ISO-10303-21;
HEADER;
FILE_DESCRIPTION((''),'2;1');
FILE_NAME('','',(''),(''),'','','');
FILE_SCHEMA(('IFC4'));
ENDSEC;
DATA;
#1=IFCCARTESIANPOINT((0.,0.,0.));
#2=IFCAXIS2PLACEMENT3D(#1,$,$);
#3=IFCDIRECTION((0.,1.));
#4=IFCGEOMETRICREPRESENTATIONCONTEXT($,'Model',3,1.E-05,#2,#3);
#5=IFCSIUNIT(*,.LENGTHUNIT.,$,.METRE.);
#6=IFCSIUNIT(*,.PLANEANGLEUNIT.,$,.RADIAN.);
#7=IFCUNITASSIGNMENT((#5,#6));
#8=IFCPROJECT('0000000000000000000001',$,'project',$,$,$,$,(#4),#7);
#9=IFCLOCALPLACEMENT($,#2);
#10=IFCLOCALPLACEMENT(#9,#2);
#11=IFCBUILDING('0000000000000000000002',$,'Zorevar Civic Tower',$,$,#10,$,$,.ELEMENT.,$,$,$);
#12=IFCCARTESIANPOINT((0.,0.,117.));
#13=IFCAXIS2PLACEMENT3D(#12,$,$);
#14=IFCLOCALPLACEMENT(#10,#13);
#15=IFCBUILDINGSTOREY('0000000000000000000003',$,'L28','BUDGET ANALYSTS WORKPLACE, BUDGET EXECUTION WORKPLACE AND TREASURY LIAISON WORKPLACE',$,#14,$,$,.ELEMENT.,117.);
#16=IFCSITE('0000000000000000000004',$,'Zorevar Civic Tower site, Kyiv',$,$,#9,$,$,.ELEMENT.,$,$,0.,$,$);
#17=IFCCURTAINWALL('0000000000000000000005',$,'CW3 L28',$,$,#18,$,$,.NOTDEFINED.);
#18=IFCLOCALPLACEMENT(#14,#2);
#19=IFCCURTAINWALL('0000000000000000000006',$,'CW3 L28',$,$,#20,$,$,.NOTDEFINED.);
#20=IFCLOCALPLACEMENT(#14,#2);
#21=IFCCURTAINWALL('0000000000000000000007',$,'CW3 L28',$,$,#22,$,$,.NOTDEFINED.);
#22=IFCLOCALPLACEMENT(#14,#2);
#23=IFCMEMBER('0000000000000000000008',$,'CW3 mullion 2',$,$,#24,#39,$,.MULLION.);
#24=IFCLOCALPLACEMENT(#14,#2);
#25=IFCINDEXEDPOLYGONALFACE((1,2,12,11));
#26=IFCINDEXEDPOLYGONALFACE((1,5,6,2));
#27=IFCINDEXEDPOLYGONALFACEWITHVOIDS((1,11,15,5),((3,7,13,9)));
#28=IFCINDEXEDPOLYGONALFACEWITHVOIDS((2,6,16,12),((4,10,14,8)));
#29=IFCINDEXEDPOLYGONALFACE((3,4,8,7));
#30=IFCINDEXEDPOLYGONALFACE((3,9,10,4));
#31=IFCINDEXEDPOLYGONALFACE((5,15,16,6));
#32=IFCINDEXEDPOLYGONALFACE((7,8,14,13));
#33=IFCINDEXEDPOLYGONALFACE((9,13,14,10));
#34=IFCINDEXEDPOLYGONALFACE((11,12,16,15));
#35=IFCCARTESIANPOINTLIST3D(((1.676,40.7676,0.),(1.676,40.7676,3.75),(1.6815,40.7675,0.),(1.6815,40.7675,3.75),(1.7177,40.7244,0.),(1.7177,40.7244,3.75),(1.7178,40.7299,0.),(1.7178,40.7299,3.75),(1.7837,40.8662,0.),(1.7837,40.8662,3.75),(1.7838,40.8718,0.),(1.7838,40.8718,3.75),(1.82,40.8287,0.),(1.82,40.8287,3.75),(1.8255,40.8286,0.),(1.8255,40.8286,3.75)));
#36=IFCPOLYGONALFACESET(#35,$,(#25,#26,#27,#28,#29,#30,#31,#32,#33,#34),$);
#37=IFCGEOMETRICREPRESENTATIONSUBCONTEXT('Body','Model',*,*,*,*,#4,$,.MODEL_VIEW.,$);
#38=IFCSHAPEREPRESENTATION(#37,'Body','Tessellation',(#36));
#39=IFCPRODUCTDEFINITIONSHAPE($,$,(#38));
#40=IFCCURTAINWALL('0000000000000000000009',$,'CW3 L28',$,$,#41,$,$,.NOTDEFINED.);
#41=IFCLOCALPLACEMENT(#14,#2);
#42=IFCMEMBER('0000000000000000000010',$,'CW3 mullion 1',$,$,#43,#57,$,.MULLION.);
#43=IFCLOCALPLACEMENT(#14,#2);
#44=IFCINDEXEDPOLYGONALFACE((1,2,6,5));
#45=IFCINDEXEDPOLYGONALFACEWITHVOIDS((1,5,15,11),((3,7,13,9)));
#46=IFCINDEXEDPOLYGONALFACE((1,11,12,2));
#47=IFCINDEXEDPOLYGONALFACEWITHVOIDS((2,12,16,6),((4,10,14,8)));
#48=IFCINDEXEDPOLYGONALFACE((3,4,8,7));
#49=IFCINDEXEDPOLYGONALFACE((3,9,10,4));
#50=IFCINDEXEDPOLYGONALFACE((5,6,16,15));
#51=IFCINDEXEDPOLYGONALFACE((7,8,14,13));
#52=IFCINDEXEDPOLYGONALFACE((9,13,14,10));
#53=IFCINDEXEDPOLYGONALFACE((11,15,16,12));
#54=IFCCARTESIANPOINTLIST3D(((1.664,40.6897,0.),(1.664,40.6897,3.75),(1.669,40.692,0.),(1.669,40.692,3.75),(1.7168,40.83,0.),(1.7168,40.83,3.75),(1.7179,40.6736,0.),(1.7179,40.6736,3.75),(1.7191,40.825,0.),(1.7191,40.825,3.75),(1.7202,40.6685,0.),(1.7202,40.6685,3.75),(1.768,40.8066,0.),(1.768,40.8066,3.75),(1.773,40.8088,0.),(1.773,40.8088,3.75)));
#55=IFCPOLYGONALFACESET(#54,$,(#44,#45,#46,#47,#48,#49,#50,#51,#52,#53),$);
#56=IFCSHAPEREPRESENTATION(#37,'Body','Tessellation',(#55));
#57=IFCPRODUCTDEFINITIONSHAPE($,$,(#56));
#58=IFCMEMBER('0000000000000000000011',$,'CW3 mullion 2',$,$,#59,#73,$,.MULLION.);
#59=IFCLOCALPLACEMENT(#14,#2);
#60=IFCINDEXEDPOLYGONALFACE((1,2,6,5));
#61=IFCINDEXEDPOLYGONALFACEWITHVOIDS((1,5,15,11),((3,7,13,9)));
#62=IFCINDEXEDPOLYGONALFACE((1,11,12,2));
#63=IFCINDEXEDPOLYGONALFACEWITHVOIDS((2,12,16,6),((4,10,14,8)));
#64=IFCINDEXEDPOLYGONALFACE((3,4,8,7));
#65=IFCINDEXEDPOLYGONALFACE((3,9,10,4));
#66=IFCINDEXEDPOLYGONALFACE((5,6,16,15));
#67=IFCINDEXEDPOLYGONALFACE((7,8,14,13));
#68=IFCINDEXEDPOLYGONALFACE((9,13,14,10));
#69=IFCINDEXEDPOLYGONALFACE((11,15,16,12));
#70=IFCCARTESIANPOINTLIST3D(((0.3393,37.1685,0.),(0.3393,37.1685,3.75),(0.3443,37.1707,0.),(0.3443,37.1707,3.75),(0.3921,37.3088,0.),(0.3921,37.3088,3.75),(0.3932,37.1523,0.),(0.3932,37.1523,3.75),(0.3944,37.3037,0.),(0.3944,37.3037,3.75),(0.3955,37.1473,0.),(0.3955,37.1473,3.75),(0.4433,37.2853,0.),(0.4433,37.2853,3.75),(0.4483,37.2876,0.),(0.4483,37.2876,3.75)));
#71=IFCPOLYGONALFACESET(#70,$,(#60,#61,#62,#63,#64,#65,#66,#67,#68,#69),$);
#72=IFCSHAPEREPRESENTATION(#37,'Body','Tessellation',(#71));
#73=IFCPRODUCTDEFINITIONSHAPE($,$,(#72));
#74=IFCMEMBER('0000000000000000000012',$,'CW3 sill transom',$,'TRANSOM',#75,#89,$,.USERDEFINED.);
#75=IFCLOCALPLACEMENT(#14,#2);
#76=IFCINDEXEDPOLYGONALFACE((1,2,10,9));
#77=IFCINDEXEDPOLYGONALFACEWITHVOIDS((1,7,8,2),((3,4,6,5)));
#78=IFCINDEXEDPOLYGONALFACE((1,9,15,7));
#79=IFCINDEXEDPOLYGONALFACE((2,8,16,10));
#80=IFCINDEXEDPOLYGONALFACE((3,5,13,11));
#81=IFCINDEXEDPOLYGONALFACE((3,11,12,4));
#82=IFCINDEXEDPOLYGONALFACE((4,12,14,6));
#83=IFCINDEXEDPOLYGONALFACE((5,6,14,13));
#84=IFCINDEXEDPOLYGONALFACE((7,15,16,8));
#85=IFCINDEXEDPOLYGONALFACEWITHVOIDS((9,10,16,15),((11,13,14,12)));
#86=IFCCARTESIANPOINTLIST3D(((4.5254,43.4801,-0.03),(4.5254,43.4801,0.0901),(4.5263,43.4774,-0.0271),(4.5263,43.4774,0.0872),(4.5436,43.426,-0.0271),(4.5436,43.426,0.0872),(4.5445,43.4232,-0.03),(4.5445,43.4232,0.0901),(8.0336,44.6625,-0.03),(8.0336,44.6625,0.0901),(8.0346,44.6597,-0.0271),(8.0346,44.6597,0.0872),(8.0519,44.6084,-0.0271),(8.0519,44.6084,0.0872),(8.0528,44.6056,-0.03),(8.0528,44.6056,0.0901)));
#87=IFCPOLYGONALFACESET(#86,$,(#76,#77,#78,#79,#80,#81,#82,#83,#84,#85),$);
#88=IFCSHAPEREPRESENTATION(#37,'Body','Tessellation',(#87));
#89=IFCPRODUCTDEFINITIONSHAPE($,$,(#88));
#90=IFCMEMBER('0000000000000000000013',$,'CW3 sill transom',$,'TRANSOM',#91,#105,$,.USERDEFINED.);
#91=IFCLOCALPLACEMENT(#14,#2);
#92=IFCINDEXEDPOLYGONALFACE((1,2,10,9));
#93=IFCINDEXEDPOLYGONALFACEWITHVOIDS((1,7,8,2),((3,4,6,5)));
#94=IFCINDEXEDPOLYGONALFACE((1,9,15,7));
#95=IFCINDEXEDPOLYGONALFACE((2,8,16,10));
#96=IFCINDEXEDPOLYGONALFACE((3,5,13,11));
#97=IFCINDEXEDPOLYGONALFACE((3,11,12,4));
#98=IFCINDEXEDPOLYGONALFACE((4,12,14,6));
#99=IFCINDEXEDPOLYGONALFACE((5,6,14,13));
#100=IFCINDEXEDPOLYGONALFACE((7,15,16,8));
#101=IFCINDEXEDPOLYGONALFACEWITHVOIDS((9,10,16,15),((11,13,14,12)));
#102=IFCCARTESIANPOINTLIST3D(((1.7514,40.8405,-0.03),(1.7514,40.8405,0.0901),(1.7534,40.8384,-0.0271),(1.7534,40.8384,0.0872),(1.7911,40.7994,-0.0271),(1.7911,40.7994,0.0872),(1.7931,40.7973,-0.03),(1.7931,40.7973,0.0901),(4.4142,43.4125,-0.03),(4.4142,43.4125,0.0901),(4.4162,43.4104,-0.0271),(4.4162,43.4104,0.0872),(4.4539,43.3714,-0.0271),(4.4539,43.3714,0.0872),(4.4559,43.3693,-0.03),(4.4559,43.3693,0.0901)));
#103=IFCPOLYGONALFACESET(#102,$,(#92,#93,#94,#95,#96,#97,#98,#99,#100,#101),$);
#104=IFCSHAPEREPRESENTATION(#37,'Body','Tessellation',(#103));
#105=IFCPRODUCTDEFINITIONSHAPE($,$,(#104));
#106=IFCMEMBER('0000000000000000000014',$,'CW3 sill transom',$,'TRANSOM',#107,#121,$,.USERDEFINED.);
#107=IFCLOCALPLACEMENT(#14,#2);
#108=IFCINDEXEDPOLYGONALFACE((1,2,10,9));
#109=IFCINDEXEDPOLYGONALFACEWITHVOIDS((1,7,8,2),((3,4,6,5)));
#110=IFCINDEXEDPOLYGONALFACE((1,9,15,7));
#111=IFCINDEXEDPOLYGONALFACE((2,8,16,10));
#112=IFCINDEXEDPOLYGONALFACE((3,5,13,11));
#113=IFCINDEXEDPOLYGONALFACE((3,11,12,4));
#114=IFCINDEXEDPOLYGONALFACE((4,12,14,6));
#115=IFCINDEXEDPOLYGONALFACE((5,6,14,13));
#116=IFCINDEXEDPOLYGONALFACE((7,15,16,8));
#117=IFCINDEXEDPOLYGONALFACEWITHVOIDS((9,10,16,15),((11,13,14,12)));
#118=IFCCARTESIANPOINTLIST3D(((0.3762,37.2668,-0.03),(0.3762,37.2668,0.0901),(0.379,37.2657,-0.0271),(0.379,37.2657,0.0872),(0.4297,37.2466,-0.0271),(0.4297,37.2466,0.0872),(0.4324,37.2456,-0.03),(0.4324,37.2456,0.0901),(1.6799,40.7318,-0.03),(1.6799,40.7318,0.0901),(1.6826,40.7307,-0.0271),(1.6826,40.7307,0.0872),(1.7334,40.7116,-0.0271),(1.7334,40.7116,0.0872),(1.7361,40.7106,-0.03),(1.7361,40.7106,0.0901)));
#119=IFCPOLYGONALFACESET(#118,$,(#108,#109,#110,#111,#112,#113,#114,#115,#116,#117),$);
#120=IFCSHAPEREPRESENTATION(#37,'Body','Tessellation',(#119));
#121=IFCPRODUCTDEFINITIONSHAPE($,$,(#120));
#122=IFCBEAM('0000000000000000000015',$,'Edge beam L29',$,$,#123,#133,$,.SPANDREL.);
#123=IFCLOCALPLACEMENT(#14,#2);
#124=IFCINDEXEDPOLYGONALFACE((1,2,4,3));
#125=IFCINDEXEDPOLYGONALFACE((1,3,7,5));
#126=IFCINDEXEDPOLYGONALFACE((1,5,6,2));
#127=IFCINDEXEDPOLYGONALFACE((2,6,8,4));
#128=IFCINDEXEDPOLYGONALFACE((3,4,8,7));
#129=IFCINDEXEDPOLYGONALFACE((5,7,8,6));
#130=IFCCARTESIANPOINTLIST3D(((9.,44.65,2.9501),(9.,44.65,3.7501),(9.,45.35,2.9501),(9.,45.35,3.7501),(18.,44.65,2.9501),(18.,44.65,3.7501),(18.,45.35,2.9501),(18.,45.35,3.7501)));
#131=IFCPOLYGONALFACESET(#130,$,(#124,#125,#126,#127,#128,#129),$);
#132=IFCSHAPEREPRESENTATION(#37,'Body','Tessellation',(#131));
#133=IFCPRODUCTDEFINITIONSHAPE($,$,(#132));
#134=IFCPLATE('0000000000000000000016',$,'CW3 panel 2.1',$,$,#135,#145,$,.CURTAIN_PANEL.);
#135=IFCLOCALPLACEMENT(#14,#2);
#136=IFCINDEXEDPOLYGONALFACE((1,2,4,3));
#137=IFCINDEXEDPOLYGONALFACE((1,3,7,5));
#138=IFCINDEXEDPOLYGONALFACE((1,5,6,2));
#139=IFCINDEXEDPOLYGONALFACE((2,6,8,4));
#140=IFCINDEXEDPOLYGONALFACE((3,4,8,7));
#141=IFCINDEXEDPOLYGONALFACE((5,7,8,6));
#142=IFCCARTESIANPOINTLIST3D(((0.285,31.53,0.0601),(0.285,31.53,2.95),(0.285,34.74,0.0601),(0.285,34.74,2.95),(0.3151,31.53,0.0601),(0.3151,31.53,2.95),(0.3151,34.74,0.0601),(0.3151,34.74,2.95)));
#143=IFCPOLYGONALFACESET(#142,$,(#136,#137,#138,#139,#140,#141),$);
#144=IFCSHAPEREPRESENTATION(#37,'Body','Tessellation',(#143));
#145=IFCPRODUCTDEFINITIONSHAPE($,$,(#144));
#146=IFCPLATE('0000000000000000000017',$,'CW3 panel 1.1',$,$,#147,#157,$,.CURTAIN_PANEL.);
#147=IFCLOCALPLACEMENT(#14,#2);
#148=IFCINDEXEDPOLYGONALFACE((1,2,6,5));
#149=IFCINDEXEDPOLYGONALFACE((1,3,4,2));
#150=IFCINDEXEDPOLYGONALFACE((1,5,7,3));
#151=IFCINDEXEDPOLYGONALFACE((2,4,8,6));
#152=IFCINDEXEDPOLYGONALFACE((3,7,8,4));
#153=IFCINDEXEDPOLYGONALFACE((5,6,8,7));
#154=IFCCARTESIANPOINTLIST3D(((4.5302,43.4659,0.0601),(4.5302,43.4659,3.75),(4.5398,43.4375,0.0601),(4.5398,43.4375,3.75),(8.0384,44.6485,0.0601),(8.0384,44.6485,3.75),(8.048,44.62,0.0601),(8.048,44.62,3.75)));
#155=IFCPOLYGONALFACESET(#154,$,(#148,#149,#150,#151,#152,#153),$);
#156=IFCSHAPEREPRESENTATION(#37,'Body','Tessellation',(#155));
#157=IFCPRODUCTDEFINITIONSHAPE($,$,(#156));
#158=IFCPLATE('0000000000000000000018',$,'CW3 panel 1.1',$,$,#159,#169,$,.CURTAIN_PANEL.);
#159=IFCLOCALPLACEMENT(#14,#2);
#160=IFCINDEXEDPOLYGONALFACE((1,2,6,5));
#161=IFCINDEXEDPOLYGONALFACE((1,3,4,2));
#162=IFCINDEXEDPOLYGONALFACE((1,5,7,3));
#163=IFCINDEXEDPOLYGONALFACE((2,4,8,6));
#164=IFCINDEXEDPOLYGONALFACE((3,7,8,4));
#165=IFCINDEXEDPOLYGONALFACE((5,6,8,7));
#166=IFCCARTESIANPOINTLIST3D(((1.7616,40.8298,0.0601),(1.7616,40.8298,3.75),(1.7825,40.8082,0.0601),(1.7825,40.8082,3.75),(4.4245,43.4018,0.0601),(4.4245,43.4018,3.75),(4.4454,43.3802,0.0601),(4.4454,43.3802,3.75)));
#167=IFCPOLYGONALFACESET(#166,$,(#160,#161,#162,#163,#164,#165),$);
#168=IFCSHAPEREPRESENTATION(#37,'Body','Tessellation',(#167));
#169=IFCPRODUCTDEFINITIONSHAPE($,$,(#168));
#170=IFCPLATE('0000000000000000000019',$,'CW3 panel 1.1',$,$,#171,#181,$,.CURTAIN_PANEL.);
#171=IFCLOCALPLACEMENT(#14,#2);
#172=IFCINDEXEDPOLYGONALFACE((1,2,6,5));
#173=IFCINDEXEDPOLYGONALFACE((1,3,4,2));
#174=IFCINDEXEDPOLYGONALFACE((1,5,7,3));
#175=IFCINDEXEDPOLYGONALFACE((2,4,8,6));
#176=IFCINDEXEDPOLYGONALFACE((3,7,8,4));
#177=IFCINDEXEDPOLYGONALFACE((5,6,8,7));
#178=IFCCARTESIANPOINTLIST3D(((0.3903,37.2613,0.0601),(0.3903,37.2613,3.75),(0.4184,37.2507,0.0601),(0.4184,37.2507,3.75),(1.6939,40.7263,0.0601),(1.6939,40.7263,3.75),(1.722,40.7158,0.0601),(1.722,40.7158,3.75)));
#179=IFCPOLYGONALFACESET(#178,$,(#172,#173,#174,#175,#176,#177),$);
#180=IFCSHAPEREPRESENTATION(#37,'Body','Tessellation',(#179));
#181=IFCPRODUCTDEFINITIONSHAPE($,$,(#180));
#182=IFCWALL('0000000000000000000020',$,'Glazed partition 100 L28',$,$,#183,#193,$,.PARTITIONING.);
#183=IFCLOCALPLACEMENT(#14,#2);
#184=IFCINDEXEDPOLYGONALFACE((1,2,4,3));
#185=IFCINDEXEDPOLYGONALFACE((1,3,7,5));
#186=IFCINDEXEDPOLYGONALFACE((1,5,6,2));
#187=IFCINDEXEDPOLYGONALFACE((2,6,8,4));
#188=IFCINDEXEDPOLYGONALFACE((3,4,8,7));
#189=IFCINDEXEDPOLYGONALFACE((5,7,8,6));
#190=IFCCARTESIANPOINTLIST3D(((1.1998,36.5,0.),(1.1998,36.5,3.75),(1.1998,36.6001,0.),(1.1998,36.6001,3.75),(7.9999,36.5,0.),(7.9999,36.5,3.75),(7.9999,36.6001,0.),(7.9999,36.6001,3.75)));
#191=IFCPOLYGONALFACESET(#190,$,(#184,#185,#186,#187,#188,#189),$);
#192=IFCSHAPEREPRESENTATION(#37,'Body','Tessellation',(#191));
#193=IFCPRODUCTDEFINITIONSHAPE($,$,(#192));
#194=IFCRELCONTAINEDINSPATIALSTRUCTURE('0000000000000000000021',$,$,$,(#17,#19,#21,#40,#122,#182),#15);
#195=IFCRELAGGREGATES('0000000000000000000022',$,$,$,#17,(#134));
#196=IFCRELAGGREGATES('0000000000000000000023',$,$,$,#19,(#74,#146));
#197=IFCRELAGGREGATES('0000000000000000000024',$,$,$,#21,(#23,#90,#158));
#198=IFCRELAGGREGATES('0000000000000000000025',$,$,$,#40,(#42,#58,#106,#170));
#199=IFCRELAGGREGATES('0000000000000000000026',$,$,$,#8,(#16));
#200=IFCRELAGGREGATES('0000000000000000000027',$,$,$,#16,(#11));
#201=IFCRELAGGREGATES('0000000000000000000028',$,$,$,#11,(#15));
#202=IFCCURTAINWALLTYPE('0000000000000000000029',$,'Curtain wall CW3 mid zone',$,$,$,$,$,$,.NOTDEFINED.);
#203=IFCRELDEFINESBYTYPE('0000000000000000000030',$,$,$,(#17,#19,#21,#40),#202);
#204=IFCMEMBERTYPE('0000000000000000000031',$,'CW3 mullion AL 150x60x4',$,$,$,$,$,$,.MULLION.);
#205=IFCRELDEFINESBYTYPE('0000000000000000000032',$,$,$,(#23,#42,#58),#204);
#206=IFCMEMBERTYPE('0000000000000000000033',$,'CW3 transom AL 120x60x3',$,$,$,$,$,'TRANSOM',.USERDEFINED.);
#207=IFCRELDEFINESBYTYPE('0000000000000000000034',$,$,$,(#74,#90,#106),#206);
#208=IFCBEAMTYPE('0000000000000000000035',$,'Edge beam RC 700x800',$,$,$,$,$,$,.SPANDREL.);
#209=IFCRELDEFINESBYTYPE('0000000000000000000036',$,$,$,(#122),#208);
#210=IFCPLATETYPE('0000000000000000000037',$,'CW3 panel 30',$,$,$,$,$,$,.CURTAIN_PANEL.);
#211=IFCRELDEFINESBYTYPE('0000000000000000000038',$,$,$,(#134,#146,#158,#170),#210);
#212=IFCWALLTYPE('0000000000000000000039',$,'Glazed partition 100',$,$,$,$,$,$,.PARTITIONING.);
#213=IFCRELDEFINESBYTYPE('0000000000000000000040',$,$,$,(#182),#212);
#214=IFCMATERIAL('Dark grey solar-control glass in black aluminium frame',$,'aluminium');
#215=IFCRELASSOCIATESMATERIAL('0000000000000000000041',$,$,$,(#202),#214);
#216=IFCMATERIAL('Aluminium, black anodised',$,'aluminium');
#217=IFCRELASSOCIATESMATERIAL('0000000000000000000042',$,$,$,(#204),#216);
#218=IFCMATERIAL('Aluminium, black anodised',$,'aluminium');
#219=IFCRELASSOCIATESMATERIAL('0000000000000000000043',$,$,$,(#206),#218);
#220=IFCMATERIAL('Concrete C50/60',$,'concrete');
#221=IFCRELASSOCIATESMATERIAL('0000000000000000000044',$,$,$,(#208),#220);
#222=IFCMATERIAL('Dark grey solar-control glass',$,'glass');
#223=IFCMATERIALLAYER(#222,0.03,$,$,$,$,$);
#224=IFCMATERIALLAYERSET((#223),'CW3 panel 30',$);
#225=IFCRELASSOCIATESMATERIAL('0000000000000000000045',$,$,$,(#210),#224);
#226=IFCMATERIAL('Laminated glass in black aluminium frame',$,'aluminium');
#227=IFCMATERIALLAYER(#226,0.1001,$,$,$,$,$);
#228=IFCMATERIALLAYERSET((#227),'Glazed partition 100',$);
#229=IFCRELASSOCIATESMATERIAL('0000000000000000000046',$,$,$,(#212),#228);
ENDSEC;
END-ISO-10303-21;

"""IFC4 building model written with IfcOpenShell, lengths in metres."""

from ifc_helpers import new_model, si_unit, direction, frame, frame_2d, origin, origin_2d, place, context, subcontext, project, spatial, rectangle, hollow_rectangle, extrude, material, layer, layer_set, material_profile, profile_set, type_object, element, aggregate, save


model = new_model("IFC4")

# Units and contexts
model_context = context("Model", 3, precision=1e-05, world=origin(), true_north=direction((0.0, 1.0)))
body_context = subcontext(model_context, "Body", "Model", "MODEL_VIEW")
ifc_project = project(units=[si_unit("LENGTHUNIT", "METRE"), si_unit("PLANEANGLEUNIT", "RADIAN")], contexts=[model_context])

# Site, building, storey
site_placement = place(None, origin())
site = spatial("IfcSite", under=ifc_project, at=site_placement, Name="Zorevar Civic Tower site, Kyiv", CompositionType="ELEMENT", RefElevation=0.0)
building_placement = place(site_placement, origin())
building = spatial("IfcBuilding", under=site, at=building_placement, Name="Zorevar Civic Tower", CompositionType="ELEMENT")
storey_placement = place(building_placement, frame((0.0, 0.0, 117.0)))
storey = spatial("IfcBuildingStorey", under=building, at=storey_placement, Name="L28", Description="BUDGET ANALYSTS WORKPLACE, BUDGET EXECUTION WORKPLACE AND TREASURY LIAISON WORKPLACE", CompositionType="ELEMENT", Elevation=117.0)

# Curtain walls, members
ifc_material_1 = material(Name="Dark grey solar-control glass in black aluminium frame", Category="aluminium")
curtain_wall_type = type_object("IfcCurtainWallType", Name="Curtain wall CW3 mid zone", PredefinedType="NOTDEFINED", material=ifc_material_1)
curtain_wall_1_placement = place(storey_placement, origin())
curtain_wall_1 = element("IfcCurtainWall", 1, at=curtain_wall_1_placement, inside=storey, type_object=curtain_wall_type, Name="CW3 L28", PredefinedType="NOTDEFINED")
ifc_material_2 = material(Name="Aluminium, black anodised", Category="aluminium")
ifc_material_profile_1 = material_profile(ifc_material_2, hollow_rectangle(XDim=0.0601, YDim=0.1499, WallThickness=0.0039, at=origin_2d()), Name="AL 150x60x4")
ifc_profile_set_1 = profile_set([ifc_material_profile_1], Name="Aluminium, black anodised")
member_type_1 = type_object("IfcMemberType", Name="CW3 mullion AL 150x60x4", PredefinedType="MULLION", material=ifc_profile_set_1)
curtain_wall_2_placement = place(storey_placement, origin())
curtain_wall_2 = element("IfcCurtainWall", 2, at=curtain_wall_2_placement, inside=storey, type_object=curtain_wall_type, Name="CW3 L28", PredefinedType="NOTDEFINED")
curtain_wall_3_placement = place(storey_placement, origin())
curtain_wall_3 = element("IfcCurtainWall", 3, at=curtain_wall_3_placement, inside=storey, type_object=curtain_wall_type, Name="CW3 L28", PredefinedType="NOTDEFINED")
member_1_placement = place(storey_placement, frame((1.7507, 40.7981, 0.0), z_axis=(0.0, 0.0, 1.0), x_axis=(0.694719, -0.719281, 0.0)))
member_1 = element("IfcMember", 4, at=member_1_placement, type_object=member_type_1, Name="CW3 mullion 2", PredefinedType="MULLION", context=body_context, shape_type="SweptSolid", body=[
    extrude(hollow_rectangle(XDim=0.0601, YDim=0.1499, WallThickness=0.0039, at=origin_2d()), origin(), (0.0, 0.0, 1.0), 3.75),
])
curtain_wall_4_placement = place(storey_placement, origin())
curtain_wall_4 = element("IfcCurtainWall", 5, at=curtain_wall_4_placement, inside=storey, type_object=curtain_wall_type, Name="CW3 L28", PredefinedType="NOTDEFINED")
member_2_placement = place(storey_placement, frame((1.7185, 40.7493, 0.0), z_axis=(0.0, 0.0, 1.0), x_axis=(0.935951, -0.352132, 0.0)))
member_2 = element("IfcMember", 6, at=member_2_placement, type_object=member_type_1, Name="CW3 mullion 1", PredefinedType="MULLION", context=body_context, shape_type="SweptSolid", body=[
    extrude(hollow_rectangle(XDim=0.0601, YDim=0.1499, WallThickness=0.0039, at=origin_2d()), origin(), (0.0, 0.0, 1.0), 3.75),
])
member_3_placement = place(storey_placement, frame((0.3938, 37.228, 0.0), z_axis=(0.0, 0.0, 1.0), x_axis=(0.935951, -0.352132, 0.0)))
member_3 = element("IfcMember", 7, at=member_3_placement, type_object=member_type_1, Name="CW3 mullion 2", PredefinedType="MULLION", context=body_context, shape_type="SweptSolid", body=[
    extrude(hollow_rectangle(XDim=0.0601, YDim=0.1499, WallThickness=0.0039, at=origin_2d()), origin(), (0.0, 0.0, 1.0), 3.75),
])

# Members
ifc_material_3 = material(Name="Aluminium, black anodised", Category="aluminium")
ifc_material_profile_2 = material_profile(ifc_material_3, hollow_rectangle(XDim=0.0601, YDim=0.1201, WallThickness=0.0029, at=origin_2d()), Name="AL 120x60x3")
ifc_profile_set_2 = profile_set([ifc_material_profile_2], Name="Aluminium, black anodised")
member_type_2 = type_object("IfcMemberType", Name="CW3 transom AL 120x60x3", ElementType="TRANSOM", PredefinedType="USERDEFINED", material=ifc_profile_set_2)
member_4_placement = place(storey_placement, frame((8.0432, 44.634, 0.03), z_axis=(-0.94763, -0.319372, 0.0), x_axis=(0.319372, -0.94763, 0.0)))
member_4 = element("IfcMember", 8, at=member_4_placement, type_object=member_type_2, Name="CW3 sill transom", ObjectType="TRANSOM", PredefinedType="USERDEFINED", context=body_context, shape_type="SweptSolid", body=[
    extrude(hollow_rectangle(XDim=0.0601, YDim=0.1201, WallThickness=0.0029, at=origin_2d()), origin(), (0.0, 0.0, 1.0), 3.7021),
])
member_5_placement = place(storey_placement, frame((4.4351, 43.3909, 0.03), z_axis=(-0.719266, -0.694735, 0.0), x_axis=(0.694735, -0.719266, 0.0)))
member_5 = element("IfcMember", 9, at=member_5_placement, type_object=member_type_2, Name="CW3 sill transom", ObjectType="TRANSOM", PredefinedType="USERDEFINED", context=body_context, shape_type="SweptSolid", body=[
    extrude(hollow_rectangle(XDim=0.0601, YDim=0.1201, WallThickness=0.0029, at=origin_2d()), origin(), (0.0, 0.0, 1.0), 3.7021),
])
member_6_placement = place(storey_placement, frame((1.708, 40.7212, 0.03), z_axis=(-0.352142, -0.935947, 0.0), x_axis=(0.935947, -0.352142, 0.0)))
member_6 = element("IfcMember", 10, at=member_6_placement, type_object=member_type_2, Name="CW3 sill transom", ObjectType="TRANSOM", PredefinedType="USERDEFINED", context=body_context, shape_type="SweptSolid", body=[
    extrude(hollow_rectangle(XDim=0.0601, YDim=0.1201, WallThickness=0.0029, at=origin_2d()), origin(), (0.0, 0.0, 1.0), 3.7021),
])

# Beam
ifc_material_4 = material(Name="Concrete C50/60", Category="concrete")
ifc_material_profile_3 = material_profile(ifc_material_4, rectangle(XDim=0.7, YDim=0.8, at=origin_2d()), Name="RC 700x800")
ifc_profile_set_3 = profile_set([ifc_material_profile_3], Name="Concrete C50/60")
beam_type_1 = type_object("IfcBeamType", Name="Edge beam RC 700x800", PredefinedType="SPANDREL", material=ifc_profile_set_3)
beam_1_placement = place(storey_placement, frame((9.0, 45.0, 3.3501), z_axis=(1.0, 0.0, 0.0), x_axis=(0.0, 1.0, 0.0)))
element("IfcBeam", 11, at=beam_1_placement, inside=storey, type_object=beam_type_1, Name="Edge beam L29", PredefinedType="SPANDREL", context=body_context, shape_type="SweptSolid", body=[
    extrude(rectangle(XDim=0.7, YDim=0.8, at=origin_2d()), origin(), (0.0, 0.0, 1.0), 9.0),
])

# Plates
ifc_material_5 = material(Name="Dark grey solar-control glass", Category="glass")
ifc_layer_1 = layer(ifc_material_5, 0.03)
ifc_layer_set_1 = layer_set([ifc_layer_1], Name="CW3 panel 30")
plate_type = type_object("IfcPlateType", Name="CW3 panel 30", PredefinedType="CURTAIN_PANEL", material=ifc_layer_set_1)
plate_1_placement = place(storey_placement, frame((0.3, 33.135, 0.0601), z_axis=(0.0, 0.0, 1.0), x_axis=(0.0, 1.0, 0.0)))
plate_1 = element("IfcPlate", 12, at=plate_1_placement, type_object=plate_type, Name="CW3 panel 2.1", PredefinedType="CURTAIN_PANEL", context=body_context, shape_type="SweptSolid", body=[
    extrude(rectangle(XDim=3.21, YDim=0.03, at=origin_2d()), origin(), (0.0, 0.0, 1.0), 2.8899),
])
aggregate(curtain_wall_1, [plate_1])
plate_2_placement = place(storey_placement, frame((6.2891, 44.043, 0.0601), z_axis=(0.0, 0.0, 1.0), x_axis=(-0.947616, -0.319413, 0.0)))
plate_2 = element("IfcPlate", 13, at=plate_2_placement, type_object=plate_type, Name="CW3 panel 1.1", PredefinedType="CURTAIN_PANEL", context=body_context, shape_type="SweptSolid", body=[
    extrude(rectangle(XDim=3.7021, YDim=0.03, at=origin_2d()), origin(), (0.0, 0.0, 1.0), 3.6899),
])
aggregate(curtain_wall_2, [member_4, plate_2])
plate_3_placement = place(storey_placement, frame((3.1035, 42.105, 0.0601), z_axis=(0.0, 0.0, 1.0), x_axis=(-0.719281, -0.694719, 0.0)))
plate_3 = element("IfcPlate", 14, at=plate_3_placement, type_object=plate_type, Name="CW3 panel 1.1", PredefinedType="CURTAIN_PANEL", context=body_context, shape_type="SweptSolid", body=[
    extrude(rectangle(XDim=3.7021, YDim=0.03, at=origin_2d()), origin(), (0.0, 0.0, 1.0), 3.6899),
])
aggregate(curtain_wall_3, [member_1, member_5, plate_3])
plate_4_placement = place(storey_placement, frame((1.0562, 38.9885, 0.0601), z_axis=(0.0, 0.0, 1.0), x_axis=(-0.352132, -0.935951, 0.0)))
plate_4 = element("IfcPlate", 15, at=plate_4_placement, type_object=plate_type, Name="CW3 panel 1.1", PredefinedType="CURTAIN_PANEL", context=body_context, shape_type="SweptSolid", body=[
    extrude(rectangle(XDim=3.7021, YDim=0.03, at=origin_2d()), origin(), (0.0, 0.0, 1.0), 3.6899),
])
aggregate(curtain_wall_4, [member_2, member_3, member_6, plate_4])

# Wall
ifc_material_6 = material(Name="Laminated glass in black aluminium frame", Category="aluminium")
ifc_layer_2 = layer(ifc_material_6, 0.1001)
ifc_layer_set_2 = layer_set([ifc_layer_2], Name="Glazed partition 100")
wall_type = type_object("IfcWallType", Name="Glazed partition 100", PredefinedType="PARTITIONING", material=ifc_layer_set_2)
wall_placement = place(storey_placement, frame((1.2, 36.55, 0.0), z_axis=(0.0, 0.0, 1.0), x_axis=(1.0, 0.0, 0.0)))
element("IfcWall", 16, at=wall_placement, inside=storey, type_object=wall_type, Name="Glazed partition 100 L28", PredefinedType="PARTITIONING", context=body_context, shape_type="SweptSolid", body=[
    extrude(rectangle(XDim=6.8, YDim=0.1001, at=frame_2d((3.3999, 0.0))), origin(), (0.0, 0.0, 1.0), 3.75),
])

save(model, "model.ifc")
